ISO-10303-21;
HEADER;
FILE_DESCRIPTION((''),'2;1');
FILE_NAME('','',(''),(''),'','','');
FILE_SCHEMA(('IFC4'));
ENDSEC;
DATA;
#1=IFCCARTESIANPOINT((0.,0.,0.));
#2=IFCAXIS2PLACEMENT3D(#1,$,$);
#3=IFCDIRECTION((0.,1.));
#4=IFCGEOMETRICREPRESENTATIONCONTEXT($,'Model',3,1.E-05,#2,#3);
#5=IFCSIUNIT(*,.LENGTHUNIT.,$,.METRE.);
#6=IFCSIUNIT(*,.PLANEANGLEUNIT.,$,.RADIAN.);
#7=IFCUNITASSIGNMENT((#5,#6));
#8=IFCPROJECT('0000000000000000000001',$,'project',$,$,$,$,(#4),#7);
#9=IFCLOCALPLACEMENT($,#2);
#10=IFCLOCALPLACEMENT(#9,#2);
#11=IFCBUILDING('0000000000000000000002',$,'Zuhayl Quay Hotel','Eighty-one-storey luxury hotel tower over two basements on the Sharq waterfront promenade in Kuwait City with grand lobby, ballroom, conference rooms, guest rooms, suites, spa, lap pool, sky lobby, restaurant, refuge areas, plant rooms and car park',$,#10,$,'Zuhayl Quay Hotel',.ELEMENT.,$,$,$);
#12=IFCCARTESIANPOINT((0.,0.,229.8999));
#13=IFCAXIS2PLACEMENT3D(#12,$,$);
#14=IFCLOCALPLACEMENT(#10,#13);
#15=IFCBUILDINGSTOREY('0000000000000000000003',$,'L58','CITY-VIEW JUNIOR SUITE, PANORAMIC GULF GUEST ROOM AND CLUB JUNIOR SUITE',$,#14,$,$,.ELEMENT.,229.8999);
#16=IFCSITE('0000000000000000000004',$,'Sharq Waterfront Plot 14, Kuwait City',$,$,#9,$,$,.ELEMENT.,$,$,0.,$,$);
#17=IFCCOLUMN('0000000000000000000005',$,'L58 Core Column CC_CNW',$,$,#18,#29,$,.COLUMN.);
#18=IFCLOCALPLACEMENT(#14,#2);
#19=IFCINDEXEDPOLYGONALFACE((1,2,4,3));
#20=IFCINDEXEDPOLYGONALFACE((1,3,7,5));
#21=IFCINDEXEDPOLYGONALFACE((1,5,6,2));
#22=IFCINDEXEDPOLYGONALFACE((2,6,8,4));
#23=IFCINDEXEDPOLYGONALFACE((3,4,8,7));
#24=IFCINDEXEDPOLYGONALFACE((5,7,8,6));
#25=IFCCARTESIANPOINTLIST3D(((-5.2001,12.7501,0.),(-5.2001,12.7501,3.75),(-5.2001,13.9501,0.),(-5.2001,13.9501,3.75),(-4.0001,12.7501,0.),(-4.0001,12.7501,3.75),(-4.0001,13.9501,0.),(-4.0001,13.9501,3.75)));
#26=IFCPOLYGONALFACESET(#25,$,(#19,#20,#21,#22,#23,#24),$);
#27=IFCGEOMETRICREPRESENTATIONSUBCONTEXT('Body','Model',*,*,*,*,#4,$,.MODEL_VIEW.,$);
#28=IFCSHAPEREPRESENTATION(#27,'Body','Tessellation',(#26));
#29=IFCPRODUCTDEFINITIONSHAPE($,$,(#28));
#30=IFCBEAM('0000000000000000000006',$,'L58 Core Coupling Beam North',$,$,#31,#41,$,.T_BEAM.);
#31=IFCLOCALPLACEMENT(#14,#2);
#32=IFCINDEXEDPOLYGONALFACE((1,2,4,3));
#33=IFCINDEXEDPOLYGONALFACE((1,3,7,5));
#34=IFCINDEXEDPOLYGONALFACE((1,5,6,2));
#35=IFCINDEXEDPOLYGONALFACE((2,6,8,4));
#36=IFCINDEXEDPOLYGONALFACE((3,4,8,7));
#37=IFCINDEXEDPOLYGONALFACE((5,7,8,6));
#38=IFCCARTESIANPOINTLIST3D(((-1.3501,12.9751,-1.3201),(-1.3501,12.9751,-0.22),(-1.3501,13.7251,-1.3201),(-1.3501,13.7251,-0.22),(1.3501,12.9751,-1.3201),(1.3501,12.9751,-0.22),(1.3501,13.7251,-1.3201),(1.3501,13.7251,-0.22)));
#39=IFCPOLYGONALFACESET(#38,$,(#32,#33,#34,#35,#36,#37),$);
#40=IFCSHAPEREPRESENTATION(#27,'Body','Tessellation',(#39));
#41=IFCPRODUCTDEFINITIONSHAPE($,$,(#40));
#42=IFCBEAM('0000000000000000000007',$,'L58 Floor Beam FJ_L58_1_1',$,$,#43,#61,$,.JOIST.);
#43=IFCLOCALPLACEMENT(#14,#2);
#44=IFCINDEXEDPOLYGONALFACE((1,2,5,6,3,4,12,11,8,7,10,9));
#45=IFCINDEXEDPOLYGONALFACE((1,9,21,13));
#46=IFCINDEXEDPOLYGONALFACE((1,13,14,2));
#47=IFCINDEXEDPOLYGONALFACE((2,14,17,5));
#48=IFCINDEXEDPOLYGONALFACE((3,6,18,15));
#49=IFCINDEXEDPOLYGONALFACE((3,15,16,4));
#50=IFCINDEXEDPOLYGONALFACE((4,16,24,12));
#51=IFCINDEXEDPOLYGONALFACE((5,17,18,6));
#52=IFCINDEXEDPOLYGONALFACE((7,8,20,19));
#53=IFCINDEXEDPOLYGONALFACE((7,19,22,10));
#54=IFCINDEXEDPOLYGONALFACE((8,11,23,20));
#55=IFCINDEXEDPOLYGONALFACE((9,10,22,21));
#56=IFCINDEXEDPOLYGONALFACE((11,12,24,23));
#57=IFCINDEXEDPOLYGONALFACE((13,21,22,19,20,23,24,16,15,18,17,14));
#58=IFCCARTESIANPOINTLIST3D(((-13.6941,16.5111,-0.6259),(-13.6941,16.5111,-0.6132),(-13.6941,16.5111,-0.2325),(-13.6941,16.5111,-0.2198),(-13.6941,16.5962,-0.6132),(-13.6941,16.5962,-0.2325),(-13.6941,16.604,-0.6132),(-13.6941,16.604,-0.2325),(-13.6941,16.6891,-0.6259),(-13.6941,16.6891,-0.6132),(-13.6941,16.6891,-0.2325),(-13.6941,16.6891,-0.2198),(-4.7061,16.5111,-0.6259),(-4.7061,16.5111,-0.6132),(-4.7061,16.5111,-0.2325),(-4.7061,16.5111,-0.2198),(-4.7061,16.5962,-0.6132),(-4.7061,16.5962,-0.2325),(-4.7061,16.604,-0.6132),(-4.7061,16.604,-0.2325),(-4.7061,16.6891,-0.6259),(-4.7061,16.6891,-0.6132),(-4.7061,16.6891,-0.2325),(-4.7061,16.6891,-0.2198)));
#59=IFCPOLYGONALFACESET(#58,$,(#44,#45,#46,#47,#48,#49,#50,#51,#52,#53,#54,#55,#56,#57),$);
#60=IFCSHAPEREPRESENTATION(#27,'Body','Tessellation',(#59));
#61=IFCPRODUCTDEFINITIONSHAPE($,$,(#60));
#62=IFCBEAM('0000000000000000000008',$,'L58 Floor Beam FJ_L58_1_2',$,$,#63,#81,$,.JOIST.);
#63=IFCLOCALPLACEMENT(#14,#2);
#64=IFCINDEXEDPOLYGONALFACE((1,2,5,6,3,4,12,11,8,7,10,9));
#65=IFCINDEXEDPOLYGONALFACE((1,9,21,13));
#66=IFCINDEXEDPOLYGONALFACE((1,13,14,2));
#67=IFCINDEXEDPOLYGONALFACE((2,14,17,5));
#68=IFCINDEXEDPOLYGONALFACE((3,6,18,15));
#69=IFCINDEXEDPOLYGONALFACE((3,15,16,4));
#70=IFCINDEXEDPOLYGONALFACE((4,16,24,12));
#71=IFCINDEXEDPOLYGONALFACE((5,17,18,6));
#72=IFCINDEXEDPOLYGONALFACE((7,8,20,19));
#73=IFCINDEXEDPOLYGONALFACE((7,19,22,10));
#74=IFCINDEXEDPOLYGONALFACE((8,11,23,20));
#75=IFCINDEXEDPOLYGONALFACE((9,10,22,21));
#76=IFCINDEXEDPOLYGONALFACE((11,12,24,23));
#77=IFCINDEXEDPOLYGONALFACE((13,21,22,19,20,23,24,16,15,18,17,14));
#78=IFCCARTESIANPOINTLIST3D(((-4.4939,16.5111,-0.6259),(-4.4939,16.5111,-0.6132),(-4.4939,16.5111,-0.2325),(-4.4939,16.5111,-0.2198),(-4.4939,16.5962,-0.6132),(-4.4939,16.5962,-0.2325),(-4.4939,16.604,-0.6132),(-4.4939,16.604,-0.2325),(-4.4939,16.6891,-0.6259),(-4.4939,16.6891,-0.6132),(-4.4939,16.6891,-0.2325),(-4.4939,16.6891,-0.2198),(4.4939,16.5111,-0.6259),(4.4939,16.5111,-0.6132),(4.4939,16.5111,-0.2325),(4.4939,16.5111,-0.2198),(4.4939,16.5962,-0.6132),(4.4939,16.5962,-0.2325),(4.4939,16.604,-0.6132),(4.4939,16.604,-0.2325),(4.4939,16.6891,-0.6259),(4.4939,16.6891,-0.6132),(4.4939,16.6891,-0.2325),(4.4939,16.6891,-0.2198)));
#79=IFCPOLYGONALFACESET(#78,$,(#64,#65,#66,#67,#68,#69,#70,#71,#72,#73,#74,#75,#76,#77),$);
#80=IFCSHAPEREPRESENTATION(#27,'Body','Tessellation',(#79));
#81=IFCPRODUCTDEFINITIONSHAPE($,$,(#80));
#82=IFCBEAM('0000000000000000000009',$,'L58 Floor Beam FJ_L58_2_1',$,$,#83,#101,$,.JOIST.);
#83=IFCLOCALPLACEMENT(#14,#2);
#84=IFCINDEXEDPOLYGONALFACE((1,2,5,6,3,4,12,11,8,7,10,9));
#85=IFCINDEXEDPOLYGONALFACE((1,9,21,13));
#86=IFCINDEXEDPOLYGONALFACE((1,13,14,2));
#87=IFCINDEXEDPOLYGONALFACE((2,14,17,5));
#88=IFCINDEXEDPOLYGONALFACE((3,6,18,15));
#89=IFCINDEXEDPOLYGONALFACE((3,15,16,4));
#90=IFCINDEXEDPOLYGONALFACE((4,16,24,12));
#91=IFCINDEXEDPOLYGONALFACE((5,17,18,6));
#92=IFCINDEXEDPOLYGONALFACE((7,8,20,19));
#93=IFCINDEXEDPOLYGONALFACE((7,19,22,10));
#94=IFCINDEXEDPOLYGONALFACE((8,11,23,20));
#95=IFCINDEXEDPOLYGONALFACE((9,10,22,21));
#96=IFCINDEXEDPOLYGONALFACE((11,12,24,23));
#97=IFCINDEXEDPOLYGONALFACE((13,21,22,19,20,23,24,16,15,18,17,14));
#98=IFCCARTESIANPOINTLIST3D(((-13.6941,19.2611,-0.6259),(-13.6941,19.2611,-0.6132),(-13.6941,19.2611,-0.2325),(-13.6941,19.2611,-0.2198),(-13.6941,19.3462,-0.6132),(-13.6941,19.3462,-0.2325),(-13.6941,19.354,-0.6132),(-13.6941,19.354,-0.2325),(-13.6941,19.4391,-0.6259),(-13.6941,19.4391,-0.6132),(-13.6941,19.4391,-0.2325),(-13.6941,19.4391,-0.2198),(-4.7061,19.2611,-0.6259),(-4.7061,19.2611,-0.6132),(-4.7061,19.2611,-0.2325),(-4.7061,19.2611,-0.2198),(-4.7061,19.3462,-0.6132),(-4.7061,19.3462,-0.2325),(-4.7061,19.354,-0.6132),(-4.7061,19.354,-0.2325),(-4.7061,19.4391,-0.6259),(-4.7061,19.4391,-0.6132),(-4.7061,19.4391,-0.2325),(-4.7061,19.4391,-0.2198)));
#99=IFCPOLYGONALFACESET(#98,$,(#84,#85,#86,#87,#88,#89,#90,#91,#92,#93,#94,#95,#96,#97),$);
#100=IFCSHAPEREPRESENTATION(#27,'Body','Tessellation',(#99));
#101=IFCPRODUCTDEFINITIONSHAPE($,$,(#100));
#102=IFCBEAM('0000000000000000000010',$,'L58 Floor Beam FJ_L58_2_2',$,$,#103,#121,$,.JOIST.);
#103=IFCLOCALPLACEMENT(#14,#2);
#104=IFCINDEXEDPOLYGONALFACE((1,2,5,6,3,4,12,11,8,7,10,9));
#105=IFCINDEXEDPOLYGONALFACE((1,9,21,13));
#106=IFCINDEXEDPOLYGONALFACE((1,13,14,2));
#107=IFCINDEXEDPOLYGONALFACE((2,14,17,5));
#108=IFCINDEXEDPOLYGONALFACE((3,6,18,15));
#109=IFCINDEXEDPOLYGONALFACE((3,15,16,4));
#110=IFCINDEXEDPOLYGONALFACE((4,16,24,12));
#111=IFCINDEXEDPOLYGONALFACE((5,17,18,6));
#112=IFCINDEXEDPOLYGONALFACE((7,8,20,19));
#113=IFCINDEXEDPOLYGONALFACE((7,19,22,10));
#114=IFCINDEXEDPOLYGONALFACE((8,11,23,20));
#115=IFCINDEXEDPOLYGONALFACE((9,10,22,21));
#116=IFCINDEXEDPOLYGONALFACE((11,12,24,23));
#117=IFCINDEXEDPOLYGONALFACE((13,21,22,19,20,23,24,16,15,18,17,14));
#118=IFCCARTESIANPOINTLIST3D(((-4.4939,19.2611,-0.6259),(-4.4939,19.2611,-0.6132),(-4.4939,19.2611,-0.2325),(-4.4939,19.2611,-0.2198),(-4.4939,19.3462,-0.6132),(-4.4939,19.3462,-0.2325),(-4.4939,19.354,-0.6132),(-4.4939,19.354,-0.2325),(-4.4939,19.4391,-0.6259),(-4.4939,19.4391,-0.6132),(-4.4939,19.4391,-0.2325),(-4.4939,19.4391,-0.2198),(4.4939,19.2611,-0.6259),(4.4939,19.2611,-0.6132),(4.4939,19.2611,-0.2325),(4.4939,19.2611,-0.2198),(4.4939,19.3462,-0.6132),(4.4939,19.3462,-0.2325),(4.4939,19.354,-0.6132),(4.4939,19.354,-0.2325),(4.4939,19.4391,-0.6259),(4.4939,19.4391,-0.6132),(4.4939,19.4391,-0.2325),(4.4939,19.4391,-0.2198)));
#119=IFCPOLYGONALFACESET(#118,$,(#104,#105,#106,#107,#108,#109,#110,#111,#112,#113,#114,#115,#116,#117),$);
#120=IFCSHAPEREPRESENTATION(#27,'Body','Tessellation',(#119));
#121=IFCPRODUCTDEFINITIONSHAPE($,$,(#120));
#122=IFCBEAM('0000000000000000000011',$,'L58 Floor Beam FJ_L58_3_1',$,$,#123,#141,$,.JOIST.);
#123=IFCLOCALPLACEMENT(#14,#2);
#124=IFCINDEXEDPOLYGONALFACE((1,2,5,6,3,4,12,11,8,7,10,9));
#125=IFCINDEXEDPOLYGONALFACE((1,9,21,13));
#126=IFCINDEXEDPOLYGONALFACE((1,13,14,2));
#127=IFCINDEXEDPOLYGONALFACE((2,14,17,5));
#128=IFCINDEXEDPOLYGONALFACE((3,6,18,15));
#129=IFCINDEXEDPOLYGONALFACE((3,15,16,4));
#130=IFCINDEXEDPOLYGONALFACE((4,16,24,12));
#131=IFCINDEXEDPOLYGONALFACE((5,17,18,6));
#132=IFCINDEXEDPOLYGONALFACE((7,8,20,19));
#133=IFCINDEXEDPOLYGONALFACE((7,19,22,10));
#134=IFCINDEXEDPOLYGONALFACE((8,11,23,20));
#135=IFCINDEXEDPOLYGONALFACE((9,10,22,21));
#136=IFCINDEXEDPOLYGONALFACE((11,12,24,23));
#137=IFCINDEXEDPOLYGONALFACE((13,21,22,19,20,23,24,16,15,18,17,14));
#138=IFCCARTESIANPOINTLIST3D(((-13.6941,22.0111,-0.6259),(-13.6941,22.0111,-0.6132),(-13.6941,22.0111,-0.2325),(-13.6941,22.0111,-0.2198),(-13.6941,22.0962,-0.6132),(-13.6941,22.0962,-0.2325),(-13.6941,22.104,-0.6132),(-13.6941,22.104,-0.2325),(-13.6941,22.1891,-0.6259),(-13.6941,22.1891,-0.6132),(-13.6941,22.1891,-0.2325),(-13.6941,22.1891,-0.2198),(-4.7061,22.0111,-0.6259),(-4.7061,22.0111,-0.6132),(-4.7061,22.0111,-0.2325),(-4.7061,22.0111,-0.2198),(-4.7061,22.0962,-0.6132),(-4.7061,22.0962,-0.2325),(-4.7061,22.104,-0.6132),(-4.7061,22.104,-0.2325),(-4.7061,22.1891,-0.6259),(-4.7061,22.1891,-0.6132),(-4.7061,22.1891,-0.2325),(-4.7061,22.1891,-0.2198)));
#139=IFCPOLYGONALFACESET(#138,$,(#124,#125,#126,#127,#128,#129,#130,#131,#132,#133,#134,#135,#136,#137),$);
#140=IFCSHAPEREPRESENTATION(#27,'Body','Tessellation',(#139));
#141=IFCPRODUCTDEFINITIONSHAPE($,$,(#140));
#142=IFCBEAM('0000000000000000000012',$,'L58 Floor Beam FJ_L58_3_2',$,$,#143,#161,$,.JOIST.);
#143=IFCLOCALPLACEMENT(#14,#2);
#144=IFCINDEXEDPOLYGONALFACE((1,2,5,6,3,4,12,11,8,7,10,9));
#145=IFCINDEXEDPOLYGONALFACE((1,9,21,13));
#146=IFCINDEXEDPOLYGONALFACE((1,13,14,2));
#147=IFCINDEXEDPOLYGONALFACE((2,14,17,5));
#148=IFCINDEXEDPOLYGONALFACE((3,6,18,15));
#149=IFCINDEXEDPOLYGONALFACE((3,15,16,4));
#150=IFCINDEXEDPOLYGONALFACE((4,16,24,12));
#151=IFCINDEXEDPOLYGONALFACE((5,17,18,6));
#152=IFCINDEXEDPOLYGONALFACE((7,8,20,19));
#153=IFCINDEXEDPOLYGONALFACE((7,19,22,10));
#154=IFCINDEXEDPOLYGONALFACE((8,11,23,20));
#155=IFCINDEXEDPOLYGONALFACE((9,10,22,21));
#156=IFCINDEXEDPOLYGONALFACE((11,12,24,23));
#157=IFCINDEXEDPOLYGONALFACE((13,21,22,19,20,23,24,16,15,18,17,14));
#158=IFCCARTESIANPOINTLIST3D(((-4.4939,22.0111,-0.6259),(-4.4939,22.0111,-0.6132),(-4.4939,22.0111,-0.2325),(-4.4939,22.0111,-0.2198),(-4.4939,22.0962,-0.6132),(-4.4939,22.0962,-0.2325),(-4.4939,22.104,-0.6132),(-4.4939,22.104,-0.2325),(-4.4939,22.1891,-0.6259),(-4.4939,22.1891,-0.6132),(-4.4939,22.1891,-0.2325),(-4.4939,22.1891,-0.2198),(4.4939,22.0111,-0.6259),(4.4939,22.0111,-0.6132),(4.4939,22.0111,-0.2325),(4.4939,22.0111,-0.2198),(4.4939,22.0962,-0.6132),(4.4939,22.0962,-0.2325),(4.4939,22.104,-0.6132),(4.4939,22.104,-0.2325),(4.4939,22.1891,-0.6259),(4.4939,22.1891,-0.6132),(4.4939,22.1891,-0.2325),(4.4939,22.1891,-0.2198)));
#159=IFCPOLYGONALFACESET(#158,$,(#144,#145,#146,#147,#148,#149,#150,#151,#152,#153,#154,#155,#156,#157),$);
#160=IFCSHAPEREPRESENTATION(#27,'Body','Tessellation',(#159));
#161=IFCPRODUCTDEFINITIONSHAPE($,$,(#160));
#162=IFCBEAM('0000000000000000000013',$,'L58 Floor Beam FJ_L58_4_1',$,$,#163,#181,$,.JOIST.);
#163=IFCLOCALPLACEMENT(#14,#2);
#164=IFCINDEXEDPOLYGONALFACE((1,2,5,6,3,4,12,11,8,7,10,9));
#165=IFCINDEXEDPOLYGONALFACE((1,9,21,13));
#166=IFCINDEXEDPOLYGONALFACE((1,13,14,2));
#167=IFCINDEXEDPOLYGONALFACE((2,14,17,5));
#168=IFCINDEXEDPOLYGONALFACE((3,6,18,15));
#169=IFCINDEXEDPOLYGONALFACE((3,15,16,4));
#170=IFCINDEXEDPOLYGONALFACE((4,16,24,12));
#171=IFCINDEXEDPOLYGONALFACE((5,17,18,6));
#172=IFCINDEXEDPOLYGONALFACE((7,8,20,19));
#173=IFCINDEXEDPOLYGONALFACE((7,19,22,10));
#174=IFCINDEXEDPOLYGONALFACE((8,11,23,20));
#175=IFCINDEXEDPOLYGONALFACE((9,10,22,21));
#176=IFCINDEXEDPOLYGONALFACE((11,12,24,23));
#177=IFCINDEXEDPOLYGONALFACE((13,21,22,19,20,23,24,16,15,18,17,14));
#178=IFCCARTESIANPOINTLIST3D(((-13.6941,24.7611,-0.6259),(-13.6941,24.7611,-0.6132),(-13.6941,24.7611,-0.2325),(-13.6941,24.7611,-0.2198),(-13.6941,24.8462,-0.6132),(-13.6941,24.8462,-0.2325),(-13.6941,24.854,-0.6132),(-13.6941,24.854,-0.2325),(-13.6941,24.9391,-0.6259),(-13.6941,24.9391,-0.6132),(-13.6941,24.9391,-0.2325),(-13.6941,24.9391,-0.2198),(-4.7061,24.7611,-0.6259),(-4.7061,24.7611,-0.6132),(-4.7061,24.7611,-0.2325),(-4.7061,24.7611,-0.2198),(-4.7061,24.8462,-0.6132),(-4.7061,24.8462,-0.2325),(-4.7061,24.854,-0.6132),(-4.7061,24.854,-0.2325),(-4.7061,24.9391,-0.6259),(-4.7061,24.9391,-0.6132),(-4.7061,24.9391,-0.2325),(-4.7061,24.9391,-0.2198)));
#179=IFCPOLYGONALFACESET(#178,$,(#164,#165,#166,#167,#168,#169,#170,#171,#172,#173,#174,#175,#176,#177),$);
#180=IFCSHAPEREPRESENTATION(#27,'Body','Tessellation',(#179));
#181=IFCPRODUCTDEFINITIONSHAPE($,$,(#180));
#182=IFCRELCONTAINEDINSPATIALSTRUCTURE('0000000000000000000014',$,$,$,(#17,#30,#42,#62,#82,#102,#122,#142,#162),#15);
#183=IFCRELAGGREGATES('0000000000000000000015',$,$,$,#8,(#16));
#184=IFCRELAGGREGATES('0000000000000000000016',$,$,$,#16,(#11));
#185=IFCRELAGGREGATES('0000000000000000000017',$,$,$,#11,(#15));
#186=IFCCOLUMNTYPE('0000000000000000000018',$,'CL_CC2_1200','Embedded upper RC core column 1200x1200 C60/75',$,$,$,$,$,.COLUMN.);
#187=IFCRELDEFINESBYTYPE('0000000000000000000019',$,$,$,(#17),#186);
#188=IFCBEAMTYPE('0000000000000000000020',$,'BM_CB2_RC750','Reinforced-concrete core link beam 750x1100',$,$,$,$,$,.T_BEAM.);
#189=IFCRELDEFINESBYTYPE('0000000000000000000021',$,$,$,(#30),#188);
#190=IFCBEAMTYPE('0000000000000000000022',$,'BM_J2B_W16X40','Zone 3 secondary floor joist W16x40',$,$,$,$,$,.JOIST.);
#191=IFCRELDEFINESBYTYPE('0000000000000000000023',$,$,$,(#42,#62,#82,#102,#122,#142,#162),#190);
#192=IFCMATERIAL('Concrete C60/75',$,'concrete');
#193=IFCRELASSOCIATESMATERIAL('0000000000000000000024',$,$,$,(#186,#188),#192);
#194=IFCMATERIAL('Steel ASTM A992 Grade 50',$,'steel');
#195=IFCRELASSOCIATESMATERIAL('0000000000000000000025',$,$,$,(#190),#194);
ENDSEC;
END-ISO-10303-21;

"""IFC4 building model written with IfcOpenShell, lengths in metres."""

from ifc_helpers import new_model, si_unit, direction, frame, origin, origin_2d, place, context, subcontext, project, spatial, rectangle, i_section, extrude, material, material_profile, profile_set, type_object, element, save


model = new_model("IFC4")

# Units and contexts
model_context = context("Model", 3, precision=1e-05, world=origin(), true_north=direction((0.0, 1.0)))
body_context = subcontext(model_context, "Body", "Model", "MODEL_VIEW")
ifc_project = project(units=[si_unit("LENGTHUNIT", "METRE"), si_unit("PLANEANGLEUNIT", "RADIAN")], contexts=[model_context])

# Site, building, storey
site_placement = place(None, origin())
site = spatial("IfcSite", under=ifc_project, at=site_placement, Name="Sharq Waterfront Plot 14, Kuwait City", CompositionType="ELEMENT", RefElevation=0.0)
building_placement = place(site_placement, origin())
building = spatial("IfcBuilding", under=site, at=building_placement, Name="Zuhayl Quay Hotel", Description="Eighty-one-storey luxury hotel tower over two basements on the Sharq waterfront promenade in Kuwait City with grand lobby, ballroom, conference rooms, guest rooms, suites, spa, lap pool, sky lobby, restaurant, refuge areas, plant rooms and car park", LongName="Zuhayl Quay Hotel", CompositionType="ELEMENT")
storey_placement = place(building_placement, frame((0.0, 0.0, 229.8999)))
storey = spatial("IfcBuildingStorey", under=building, at=storey_placement, Name="L58", Description="CITY-VIEW JUNIOR SUITE, PANORAMIC GULF GUEST ROOM AND CLUB JUNIOR SUITE", CompositionType="ELEMENT", Elevation=229.8999)

# Column
ifc_material_1 = material(Name="Concrete C60/75", Category="concrete")
ifc_material_profile_1 = material_profile(ifc_material_1, rectangle(XDim=1.2, YDim=1.2, at=origin_2d()), Name="RC1200X1200")
ifc_profile_set_1 = profile_set([ifc_material_profile_1], Name="Concrete C60/75")
column_type = type_object("IfcColumnType", Name="CL_CC2_1200", Description="Embedded upper RC core column 1200x1200 C60/75", PredefinedType="COLUMN", material=ifc_profile_set_1)
column_placement = place(storey_placement, frame((-4.6001, 13.3501, 0.0), z_axis=(0.0, 0.0, 1.0), x_axis=(1.0, 0.0, 0.0)))
element("IfcColumn", 1, at=column_placement, inside=storey, type_object=column_type, Name="L58 Core Column CC_CNW", PredefinedType="COLUMN", context=body_context, shape_type="SweptSolid", body=[
    extrude(rectangle(XDim=1.2, YDim=1.2, at=origin_2d()), origin(), (0.0, 0.0, 1.0), 3.75),
])

# Beams
ifc_material_profile_2 = material_profile(ifc_material_1, rectangle(XDim=0.75, YDim=1.1001, at=origin_2d()), Name="RC750X1100")
ifc_profile_set_2 = profile_set([ifc_material_profile_2], Name="Concrete C60/75")
beam_type_1 = type_object("IfcBeamType", Name="BM_CB2_RC750", Description="Reinforced-concrete core link beam 750x1100", PredefinedType="T_BEAM", material=ifc_profile_set_2)
beam_1_placement = place(storey_placement, frame((-1.3501, 13.3501, -0.77), z_axis=(1.0, 0.0, 0.0), x_axis=(0.0, 1.0, 0.0)))
element("IfcBeam", 2, at=beam_1_placement, inside=storey, type_object=beam_type_1, Name="L58 Core Coupling Beam North", PredefinedType="T_BEAM", context=body_context, shape_type="SweptSolid", body=[
    extrude(rectangle(XDim=0.75, YDim=1.1001, at=origin_2d()), origin(), (0.0, 0.0, 1.0), 2.7002),
])
ifc_material_2 = material(Name="Steel ASTM A992 Grade 50", Category="steel")
ifc_material_profile_3 = material_profile(ifc_material_2, i_section(OverallWidth=0.178, OverallDepth=0.406, WebThickness=0.0078, FlangeThickness=0.0127, at=origin_2d()), Name="W16X40")
ifc_profile_set_3 = profile_set([ifc_material_profile_3], Name="Steel ASTM A992 Grade 50")
beam_type_2 = type_object("IfcBeamType", Name="BM_J2B_W16X40", Description="Zone 3 secondary floor joist W16x40", PredefinedType="JOIST", material=ifc_profile_set_3)
beam_2_placement = place(storey_placement, frame((-13.6941, 16.6001, -0.4229), z_axis=(1.0, 0.0, 0.0), x_axis=(0.0, 1.0, 0.0)))
element("IfcBeam", 3, at=beam_2_placement, inside=storey, type_object=beam_type_2, Name="L58 Floor Beam FJ_L58_1_1", PredefinedType="JOIST", context=body_context, shape_type="SweptSolid", body=[
    extrude(i_section(OverallWidth=0.178, OverallDepth=0.406, WebThickness=0.0078, FlangeThickness=0.0127, at=origin_2d()), origin(), (0.0, 0.0, 1.0), 8.988),
])
beam_3_placement = place(storey_placement, frame((-4.4939, 16.6001, -0.4229), z_axis=(1.0, 0.0, 0.0), x_axis=(0.0, 1.0, 0.0)))
element("IfcBeam", 4, at=beam_3_placement, inside=storey, type_object=beam_type_2, Name="L58 Floor Beam FJ_L58_1_2", PredefinedType="JOIST", context=body_context, shape_type="SweptSolid", body=[
    extrude(i_section(OverallWidth=0.178, OverallDepth=0.406, WebThickness=0.0078, FlangeThickness=0.0127, at=origin_2d()), origin(), (0.0, 0.0, 1.0), 8.9878),
])
beam_4_placement = place(storey_placement, frame((-13.6941, 19.3501, -0.4229), z_axis=(1.0, 0.0, 0.0), x_axis=(0.0, 1.0, 0.0)))
element("IfcBeam", 5, at=beam_4_placement, inside=storey, type_object=beam_type_2, Name="L58 Floor Beam FJ_L58_2_1", PredefinedType="JOIST", context=body_context, shape_type="SweptSolid", body=[
    extrude(i_section(OverallWidth=0.178, OverallDepth=0.406, WebThickness=0.0078, FlangeThickness=0.0127, at=origin_2d()), origin(), (0.0, 0.0, 1.0), 8.988),
])
beam_5_placement = place(storey_placement, frame((-4.4939, 19.3501, -0.4229), z_axis=(1.0, 0.0, 0.0), x_axis=(0.0, 1.0, 0.0)))
element("IfcBeam", 6, at=beam_5_placement, inside=storey, type_object=beam_type_2, Name="L58 Floor Beam FJ_L58_2_2", PredefinedType="JOIST", context=body_context, shape_type="SweptSolid", body=[
    extrude(i_section(OverallWidth=0.178, OverallDepth=0.406, WebThickness=0.0078, FlangeThickness=0.0127, at=origin_2d()), origin(), (0.0, 0.0, 1.0), 8.9878),
])
beam_6_placement = place(storey_placement, frame((-13.6941, 22.1001, -0.4229), z_axis=(1.0, 0.0, 0.0), x_axis=(0.0, 1.0, 0.0)))
element("IfcBeam", 7, at=beam_6_placement, inside=storey, type_object=beam_type_2, Name="L58 Floor Beam FJ_L58_3_1", PredefinedType="JOIST", context=body_context, shape_type="SweptSolid", body=[
    extrude(i_section(OverallWidth=0.178, OverallDepth=0.406, WebThickness=0.0078, FlangeThickness=0.0127, at=origin_2d()), origin(), (0.0, 0.0, 1.0), 8.988),
])
beam_7_placement = place(storey_placement, frame((-4.4939, 22.1001, -0.4229), z_axis=(1.0, 0.0, 0.0), x_axis=(0.0, 1.0, 0.0)))
element("IfcBeam", 8, at=beam_7_placement, inside=storey, type_object=beam_type_2, Name="L58 Floor Beam FJ_L58_3_2", PredefinedType="JOIST", context=body_context, shape_type="SweptSolid", body=[
    extrude(i_section(OverallWidth=0.178, OverallDepth=0.406, WebThickness=0.0078, FlangeThickness=0.0127, at=origin_2d()), origin(), (0.0, 0.0, 1.0), 8.9878),
])
beam_8_placement = place(storey_placement, frame((-13.6941, 24.8501, -0.4229), z_axis=(1.0, 0.0, 0.0), x_axis=(0.0, 1.0, 0.0)))
element("IfcBeam", 9, at=beam_8_placement, inside=storey, type_object=beam_type_2, Name="L58 Floor Beam FJ_L58_4_1", PredefinedType="JOIST", context=body_context, shape_type="SweptSolid", body=[
    extrude(i_section(OverallWidth=0.178, OverallDepth=0.406, WebThickness=0.0078, FlangeThickness=0.0127, at=origin_2d()), origin(), (0.0, 0.0, 1.0), 8.988),
])

save(model, "model.ifc")
